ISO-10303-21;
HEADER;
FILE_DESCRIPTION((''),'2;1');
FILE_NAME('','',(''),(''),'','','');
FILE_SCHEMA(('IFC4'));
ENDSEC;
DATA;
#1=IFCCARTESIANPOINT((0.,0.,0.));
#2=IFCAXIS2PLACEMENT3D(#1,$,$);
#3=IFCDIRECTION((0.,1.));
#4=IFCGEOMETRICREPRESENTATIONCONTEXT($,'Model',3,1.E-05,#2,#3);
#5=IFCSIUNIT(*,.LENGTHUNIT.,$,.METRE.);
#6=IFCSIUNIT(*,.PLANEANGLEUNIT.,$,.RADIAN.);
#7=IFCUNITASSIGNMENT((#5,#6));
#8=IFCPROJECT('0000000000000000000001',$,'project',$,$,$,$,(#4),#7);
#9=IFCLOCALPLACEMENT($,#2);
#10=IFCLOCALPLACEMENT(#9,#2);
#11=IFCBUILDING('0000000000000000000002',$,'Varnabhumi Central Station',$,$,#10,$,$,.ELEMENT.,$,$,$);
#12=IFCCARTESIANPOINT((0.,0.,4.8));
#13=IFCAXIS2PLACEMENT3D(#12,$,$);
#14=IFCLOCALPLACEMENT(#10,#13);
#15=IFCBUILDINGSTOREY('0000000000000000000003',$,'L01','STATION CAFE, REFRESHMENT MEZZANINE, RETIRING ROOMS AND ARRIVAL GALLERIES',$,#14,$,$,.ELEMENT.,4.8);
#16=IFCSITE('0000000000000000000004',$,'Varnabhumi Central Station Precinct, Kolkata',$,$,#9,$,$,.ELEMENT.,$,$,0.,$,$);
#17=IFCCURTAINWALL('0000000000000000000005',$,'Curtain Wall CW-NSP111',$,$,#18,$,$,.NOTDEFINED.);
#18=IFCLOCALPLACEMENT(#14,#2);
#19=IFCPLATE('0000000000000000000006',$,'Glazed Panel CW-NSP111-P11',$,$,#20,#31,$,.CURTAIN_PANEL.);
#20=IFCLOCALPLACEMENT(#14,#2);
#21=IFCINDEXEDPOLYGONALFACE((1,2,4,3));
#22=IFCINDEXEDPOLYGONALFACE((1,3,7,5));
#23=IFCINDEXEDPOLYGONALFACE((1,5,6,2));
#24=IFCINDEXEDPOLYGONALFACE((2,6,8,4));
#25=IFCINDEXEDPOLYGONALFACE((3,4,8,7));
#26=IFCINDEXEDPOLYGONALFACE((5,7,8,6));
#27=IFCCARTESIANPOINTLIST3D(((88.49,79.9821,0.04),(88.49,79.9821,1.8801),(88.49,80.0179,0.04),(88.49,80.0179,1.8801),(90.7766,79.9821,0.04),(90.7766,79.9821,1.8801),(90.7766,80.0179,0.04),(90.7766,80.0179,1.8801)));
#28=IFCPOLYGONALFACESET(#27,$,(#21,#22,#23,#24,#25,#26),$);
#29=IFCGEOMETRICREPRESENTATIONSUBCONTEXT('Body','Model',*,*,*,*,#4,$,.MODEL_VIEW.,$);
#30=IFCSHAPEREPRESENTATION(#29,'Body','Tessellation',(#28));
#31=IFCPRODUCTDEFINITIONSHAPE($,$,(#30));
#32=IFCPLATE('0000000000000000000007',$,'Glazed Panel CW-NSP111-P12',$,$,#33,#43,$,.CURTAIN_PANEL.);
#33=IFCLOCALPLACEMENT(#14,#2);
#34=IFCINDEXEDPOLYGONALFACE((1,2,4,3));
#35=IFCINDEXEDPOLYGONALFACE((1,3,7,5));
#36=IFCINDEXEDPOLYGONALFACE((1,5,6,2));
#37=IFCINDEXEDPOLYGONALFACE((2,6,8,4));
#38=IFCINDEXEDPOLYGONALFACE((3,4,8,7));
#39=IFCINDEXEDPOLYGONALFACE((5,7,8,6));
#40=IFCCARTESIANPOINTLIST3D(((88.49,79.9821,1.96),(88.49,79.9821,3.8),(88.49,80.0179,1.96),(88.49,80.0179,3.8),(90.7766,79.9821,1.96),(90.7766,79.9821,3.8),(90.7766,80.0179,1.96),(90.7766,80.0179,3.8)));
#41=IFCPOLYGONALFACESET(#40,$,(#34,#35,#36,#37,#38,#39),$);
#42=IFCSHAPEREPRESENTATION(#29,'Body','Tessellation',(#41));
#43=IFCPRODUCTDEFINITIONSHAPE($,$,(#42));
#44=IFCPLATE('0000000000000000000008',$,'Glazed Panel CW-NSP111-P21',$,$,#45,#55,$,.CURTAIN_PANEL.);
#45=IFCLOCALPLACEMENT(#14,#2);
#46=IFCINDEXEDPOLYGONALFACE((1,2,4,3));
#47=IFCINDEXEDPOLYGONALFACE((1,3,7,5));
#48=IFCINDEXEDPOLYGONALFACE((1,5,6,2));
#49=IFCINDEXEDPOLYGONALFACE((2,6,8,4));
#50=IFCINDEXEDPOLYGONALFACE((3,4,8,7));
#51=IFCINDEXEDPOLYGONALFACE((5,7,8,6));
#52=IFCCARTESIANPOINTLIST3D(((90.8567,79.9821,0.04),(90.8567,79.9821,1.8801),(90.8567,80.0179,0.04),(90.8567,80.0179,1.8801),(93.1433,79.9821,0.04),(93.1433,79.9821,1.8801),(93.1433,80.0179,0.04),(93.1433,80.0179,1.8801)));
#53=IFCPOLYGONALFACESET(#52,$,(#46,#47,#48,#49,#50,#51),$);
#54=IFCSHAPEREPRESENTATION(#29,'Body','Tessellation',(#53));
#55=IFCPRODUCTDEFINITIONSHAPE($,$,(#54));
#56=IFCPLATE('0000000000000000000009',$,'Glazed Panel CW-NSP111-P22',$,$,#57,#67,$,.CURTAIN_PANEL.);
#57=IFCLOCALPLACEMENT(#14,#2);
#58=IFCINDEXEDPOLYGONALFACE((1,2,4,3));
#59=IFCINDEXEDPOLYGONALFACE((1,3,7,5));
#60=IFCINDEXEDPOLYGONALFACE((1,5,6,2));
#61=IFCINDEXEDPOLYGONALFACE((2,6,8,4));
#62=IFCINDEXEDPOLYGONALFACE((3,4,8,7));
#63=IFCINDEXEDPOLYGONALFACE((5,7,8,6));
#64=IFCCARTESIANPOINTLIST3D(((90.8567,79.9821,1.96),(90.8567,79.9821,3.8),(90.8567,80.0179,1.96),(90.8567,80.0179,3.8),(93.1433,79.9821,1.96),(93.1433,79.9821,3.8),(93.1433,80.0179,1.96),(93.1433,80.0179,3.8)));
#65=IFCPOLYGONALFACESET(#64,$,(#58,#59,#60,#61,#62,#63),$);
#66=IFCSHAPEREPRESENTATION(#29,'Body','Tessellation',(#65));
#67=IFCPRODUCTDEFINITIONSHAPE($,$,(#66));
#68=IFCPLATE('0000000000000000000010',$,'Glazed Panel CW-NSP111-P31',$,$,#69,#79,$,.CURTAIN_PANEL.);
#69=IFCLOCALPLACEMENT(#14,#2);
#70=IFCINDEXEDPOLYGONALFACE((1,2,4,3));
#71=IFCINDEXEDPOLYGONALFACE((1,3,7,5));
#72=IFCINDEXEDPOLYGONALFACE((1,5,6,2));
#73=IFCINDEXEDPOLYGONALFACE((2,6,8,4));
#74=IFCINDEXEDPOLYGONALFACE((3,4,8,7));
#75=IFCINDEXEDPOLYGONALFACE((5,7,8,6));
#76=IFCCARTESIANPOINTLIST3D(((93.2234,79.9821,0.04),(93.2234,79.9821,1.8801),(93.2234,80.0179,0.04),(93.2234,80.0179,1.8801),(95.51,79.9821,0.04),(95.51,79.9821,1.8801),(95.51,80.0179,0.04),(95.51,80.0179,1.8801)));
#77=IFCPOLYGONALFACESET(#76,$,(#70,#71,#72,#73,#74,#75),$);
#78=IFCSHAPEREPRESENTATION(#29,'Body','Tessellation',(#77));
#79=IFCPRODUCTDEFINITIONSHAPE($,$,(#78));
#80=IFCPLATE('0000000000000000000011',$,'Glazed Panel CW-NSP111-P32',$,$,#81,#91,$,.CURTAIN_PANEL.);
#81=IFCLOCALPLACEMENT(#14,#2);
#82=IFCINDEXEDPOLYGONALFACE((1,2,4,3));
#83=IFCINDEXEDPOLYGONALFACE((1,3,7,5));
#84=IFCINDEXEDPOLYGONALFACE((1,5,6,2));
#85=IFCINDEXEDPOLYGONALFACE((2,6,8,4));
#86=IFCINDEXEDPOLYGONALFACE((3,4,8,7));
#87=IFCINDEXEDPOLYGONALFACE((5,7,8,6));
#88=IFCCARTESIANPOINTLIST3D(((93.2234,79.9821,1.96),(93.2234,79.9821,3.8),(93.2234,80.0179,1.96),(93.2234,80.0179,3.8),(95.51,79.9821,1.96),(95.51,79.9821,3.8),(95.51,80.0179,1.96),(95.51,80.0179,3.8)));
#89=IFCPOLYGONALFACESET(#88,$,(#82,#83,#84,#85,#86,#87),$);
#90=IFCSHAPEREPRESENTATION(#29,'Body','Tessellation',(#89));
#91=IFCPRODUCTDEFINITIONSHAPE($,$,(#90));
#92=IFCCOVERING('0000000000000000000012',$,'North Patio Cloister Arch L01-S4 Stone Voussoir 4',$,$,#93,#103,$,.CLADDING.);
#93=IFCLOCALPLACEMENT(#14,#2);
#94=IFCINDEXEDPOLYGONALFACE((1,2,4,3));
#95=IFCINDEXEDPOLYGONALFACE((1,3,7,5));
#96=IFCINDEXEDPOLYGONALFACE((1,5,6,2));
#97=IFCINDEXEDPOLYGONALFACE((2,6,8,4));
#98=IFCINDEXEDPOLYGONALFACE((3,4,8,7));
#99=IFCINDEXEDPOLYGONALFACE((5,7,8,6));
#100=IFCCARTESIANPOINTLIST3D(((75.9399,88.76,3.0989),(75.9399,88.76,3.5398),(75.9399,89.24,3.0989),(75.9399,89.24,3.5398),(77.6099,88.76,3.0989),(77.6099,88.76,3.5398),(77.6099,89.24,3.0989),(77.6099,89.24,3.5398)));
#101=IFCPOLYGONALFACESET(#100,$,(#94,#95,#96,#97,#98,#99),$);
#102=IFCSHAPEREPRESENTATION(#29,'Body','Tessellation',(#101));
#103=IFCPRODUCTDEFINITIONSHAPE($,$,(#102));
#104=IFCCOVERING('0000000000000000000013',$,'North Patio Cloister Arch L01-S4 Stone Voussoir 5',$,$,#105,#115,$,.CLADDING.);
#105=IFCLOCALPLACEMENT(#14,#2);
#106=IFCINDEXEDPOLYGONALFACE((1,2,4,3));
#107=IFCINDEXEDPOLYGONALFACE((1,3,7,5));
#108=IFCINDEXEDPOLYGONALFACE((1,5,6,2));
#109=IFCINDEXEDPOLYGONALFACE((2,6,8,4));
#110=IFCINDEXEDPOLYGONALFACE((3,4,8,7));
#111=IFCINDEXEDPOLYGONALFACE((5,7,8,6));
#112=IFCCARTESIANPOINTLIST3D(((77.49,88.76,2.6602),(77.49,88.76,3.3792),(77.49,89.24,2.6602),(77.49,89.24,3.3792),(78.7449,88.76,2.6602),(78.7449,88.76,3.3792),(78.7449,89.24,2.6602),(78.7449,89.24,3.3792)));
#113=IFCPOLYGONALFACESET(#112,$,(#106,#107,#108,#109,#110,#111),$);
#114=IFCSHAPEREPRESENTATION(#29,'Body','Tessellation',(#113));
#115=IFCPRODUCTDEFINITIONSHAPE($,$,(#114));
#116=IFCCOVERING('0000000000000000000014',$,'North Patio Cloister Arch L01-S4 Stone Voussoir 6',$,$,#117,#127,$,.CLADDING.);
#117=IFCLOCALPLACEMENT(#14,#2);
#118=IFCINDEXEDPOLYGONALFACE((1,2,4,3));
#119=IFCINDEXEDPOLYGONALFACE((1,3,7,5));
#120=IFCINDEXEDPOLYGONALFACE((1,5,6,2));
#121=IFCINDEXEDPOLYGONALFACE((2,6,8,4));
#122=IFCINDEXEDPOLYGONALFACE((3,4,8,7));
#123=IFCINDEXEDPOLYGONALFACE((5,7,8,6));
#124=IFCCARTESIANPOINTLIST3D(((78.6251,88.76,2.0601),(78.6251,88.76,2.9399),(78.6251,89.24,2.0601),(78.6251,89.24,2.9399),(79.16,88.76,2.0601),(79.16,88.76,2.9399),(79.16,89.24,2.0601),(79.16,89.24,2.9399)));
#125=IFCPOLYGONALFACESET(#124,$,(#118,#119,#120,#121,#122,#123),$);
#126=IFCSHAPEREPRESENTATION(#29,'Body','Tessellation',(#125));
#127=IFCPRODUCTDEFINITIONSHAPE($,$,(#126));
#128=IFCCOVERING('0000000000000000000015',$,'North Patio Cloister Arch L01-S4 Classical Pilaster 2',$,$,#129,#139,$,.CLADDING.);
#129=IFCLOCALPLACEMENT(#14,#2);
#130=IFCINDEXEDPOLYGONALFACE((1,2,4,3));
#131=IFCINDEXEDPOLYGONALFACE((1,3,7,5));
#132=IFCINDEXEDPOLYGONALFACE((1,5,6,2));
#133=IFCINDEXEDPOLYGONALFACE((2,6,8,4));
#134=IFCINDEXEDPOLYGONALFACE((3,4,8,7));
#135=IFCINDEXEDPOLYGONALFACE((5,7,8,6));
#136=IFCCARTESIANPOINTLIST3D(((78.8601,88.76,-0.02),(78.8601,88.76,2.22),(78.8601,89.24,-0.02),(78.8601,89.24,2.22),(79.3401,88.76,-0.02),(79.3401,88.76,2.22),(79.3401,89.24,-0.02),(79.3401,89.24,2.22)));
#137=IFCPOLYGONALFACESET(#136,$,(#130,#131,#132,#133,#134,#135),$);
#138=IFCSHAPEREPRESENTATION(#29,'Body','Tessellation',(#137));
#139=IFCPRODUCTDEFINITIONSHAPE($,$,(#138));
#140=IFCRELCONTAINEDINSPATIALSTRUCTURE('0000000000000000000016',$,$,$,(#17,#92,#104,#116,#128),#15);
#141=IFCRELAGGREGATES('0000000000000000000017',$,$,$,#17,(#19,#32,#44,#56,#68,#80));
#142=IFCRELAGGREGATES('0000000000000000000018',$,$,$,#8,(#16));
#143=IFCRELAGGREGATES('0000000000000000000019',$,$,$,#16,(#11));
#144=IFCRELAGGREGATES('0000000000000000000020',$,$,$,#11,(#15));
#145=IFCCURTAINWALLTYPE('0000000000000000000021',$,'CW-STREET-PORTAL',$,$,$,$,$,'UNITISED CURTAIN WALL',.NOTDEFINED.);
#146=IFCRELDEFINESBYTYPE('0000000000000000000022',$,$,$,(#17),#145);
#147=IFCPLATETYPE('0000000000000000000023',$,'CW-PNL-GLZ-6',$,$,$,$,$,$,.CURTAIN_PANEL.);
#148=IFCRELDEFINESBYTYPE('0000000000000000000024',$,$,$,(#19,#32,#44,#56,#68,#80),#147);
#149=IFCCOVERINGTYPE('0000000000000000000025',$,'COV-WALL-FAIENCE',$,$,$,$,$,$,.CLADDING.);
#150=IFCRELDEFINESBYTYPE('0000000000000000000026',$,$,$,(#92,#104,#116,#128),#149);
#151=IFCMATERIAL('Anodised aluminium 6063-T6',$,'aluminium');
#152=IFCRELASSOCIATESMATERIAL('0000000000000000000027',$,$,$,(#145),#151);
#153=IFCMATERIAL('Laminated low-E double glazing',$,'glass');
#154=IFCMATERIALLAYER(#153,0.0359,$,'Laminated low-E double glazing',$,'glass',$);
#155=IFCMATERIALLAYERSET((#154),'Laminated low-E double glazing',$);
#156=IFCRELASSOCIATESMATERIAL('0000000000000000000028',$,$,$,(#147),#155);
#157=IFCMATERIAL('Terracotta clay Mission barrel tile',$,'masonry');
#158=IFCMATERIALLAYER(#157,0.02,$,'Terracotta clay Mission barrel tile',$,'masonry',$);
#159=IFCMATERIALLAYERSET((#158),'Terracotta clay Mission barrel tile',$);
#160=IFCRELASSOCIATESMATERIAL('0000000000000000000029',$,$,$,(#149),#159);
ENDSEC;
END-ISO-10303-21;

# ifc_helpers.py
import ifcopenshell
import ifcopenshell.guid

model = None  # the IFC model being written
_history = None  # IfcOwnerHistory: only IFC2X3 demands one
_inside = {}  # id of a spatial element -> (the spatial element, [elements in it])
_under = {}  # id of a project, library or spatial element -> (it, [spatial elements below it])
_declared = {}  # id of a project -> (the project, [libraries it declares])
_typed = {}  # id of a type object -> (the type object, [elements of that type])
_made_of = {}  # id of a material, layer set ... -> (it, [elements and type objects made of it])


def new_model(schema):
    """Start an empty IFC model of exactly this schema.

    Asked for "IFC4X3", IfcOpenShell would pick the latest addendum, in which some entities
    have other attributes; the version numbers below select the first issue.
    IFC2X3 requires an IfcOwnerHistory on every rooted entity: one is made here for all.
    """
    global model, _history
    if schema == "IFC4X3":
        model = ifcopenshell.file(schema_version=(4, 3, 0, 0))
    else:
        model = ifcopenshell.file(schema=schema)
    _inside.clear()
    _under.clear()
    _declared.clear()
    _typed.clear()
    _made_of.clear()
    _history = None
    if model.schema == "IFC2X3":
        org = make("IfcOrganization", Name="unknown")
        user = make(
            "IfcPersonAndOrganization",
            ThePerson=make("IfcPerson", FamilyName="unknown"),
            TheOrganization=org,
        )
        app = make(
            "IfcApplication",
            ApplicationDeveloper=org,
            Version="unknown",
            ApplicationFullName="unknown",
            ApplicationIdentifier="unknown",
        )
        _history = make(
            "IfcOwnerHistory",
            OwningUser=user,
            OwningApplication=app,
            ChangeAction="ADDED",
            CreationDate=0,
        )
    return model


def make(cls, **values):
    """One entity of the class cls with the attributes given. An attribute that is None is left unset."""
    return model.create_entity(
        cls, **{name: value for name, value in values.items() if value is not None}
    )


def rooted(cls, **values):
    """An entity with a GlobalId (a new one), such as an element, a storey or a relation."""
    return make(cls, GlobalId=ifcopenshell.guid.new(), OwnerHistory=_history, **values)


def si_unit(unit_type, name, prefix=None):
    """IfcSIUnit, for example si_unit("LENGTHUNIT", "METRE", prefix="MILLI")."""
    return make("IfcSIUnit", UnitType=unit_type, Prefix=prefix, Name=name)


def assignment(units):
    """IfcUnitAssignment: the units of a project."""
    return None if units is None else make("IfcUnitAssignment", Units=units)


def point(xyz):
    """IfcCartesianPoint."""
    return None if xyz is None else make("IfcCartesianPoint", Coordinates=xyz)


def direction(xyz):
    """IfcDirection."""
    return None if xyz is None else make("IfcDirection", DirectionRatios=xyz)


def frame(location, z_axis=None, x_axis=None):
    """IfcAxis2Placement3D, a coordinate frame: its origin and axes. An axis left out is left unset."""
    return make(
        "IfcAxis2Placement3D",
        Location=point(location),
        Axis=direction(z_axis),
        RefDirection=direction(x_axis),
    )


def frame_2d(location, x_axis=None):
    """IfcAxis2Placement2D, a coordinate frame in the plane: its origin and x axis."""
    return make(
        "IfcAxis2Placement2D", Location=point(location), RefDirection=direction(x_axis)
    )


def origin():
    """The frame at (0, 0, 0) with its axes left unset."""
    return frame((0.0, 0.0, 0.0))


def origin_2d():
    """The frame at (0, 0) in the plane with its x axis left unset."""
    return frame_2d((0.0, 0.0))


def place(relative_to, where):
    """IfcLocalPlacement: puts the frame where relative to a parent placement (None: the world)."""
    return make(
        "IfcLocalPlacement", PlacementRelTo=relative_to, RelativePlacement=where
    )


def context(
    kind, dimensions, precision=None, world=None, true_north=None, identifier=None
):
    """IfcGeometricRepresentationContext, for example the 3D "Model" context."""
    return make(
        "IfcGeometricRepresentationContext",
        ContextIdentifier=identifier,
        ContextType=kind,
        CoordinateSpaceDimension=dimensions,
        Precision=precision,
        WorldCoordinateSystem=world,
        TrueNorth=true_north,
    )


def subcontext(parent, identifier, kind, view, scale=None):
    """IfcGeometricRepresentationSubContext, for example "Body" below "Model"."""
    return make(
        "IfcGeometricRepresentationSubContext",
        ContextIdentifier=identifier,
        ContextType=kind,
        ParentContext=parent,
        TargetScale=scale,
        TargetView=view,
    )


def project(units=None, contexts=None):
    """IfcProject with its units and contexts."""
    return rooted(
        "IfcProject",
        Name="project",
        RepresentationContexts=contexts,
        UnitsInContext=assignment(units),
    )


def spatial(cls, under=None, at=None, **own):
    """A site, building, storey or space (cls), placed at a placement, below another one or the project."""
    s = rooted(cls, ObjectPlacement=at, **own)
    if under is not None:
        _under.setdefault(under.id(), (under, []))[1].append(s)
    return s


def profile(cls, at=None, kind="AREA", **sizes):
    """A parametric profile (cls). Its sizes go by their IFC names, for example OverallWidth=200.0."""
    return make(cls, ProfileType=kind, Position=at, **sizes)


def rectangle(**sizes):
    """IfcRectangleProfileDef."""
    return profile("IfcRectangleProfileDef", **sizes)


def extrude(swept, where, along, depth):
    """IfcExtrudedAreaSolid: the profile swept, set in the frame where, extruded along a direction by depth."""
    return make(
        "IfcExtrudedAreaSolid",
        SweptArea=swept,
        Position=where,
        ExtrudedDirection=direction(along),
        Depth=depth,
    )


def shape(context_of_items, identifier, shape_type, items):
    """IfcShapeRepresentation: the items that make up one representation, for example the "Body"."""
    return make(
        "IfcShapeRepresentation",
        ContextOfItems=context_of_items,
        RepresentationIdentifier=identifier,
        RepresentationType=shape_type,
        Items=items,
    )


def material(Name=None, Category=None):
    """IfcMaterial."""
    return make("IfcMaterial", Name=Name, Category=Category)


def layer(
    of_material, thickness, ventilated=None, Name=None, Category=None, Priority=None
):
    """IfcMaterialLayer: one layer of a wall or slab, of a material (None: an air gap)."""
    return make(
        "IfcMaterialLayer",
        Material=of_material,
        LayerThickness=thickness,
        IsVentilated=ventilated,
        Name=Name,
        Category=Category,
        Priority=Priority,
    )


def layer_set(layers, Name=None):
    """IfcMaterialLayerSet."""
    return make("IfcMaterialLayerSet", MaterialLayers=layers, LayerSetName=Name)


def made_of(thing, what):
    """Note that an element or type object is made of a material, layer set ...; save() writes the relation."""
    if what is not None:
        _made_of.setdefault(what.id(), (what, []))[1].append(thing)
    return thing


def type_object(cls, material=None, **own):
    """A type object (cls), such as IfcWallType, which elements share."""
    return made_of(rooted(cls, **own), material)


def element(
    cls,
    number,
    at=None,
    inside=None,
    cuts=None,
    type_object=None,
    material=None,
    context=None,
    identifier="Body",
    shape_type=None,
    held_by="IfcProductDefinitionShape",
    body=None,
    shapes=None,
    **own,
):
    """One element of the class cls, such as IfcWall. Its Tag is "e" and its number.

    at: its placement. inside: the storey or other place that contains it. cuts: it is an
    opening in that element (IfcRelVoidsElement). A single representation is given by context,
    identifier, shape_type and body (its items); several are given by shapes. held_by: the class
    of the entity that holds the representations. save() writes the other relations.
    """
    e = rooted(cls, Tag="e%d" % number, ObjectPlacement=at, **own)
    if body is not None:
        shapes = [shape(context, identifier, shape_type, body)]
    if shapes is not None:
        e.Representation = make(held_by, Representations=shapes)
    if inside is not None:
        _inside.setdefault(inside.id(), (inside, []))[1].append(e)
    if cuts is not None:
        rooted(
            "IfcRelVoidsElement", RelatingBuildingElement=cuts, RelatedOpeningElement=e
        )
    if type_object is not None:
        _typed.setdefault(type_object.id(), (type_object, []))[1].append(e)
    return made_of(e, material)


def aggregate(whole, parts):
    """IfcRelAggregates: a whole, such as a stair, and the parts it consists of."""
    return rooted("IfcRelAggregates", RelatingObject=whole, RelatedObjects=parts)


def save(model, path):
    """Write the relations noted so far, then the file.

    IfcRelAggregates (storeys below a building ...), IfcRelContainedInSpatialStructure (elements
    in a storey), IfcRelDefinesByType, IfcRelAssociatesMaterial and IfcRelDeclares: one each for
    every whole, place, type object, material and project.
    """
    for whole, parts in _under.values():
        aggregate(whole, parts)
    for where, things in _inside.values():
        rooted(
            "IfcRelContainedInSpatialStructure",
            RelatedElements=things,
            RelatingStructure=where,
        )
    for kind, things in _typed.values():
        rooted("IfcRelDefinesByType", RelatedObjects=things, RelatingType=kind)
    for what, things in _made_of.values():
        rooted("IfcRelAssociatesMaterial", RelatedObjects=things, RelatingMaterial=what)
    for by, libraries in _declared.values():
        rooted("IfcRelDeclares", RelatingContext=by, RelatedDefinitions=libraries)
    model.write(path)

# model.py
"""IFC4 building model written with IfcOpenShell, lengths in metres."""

from ifc_helpers import new_model, si_unit, direction, frame, origin, origin_2d, place, context, subcontext, project, spatial, rectangle, extrude, material, layer, layer_set, type_object, element, aggregate, save


model = new_model("IFC4")

# Units and contexts
model_context = context("Model", 3, precision=1e-05, world=origin(), true_north=direction((0.0, 1.0)))
body_context = subcontext(model_context, "Body", "Model", "MODEL_VIEW")
ifc_project = project(units=[si_unit("LENGTHUNIT", "METRE"), si_unit("PLANEANGLEUNIT", "RADIAN")], contexts=[model_context])

# Site, building, storey
site_placement = place(None, origin())
site = spatial("IfcSite", under=ifc_project, at=site_placement, Name="Varnabhumi Central Station Precinct, Kolkata", CompositionType="ELEMENT", RefElevation=0.0)
building_placement = place(site_placement, origin())
building = spatial("IfcBuilding", under=site, at=building_placement, Name="Varnabhumi Central Station", CompositionType="ELEMENT")
storey_placement = place(building_placement, frame((0.0, 0.0, 4.8)))
storey = spatial("IfcBuildingStorey", under=building, at=storey_placement, Name="L01", Description="STATION CAFE, REFRESHMENT MEZZANINE, RETIRING ROOMS AND ARRIVAL GALLERIES", CompositionType="ELEMENT", Elevation=4.8)

# Curtain wall
ifc_material_1 = material(Name="Anodised aluminium 6063-T6", Category="aluminium")
curtain_wall_type_1 = type_object("IfcCurtainWallType", Name="CW-STREET-PORTAL", ElementType="UNITISED CURTAIN WALL", PredefinedType="NOTDEFINED", material=ifc_material_1)
curtain_wall_1_placement = place(storey_placement, origin())
curtain_wall_1 = element("IfcCurtainWall", 1, at=curtain_wall_1_placement, inside=storey, type_object=curtain_wall_type_1, Name="Curtain Wall CW-NSP111", PredefinedType="NOTDEFINED")

# Plates
ifc_material_2 = material(Name="Laminated low-E double glazing", Category="glass")
ifc_layer_1 = layer(ifc_material_2, 0.0359, Name="Laminated low-E double glazing", Category="glass")
ifc_layer_set_1 = layer_set([ifc_layer_1], Name="Laminated low-E double glazing")
plate_type_1 = type_object("IfcPlateType", Name="CW-PNL-GLZ-6", PredefinedType="CURTAIN_PANEL", material=ifc_layer_set_1)
plate_1_placement = place(storey_placement, frame((89.6333, 80.0, 0.04), z_axis=(0.0, 0.0, 1.0), x_axis=(1.0, 0.0, 0.0)))
plate_1 = element("IfcPlate", 2, at=plate_1_placement, type_object=plate_type_1, Name="Glazed Panel CW-NSP111-P11", PredefinedType="CURTAIN_PANEL", context=body_context, shape_type="SweptSolid", body=[
    extrude(rectangle(XDim=2.2866, YDim=0.0359, at=origin_2d()), origin(), (0.0, 0.0, 1.0), 1.8401),
])
plate_2_placement = place(storey_placement, frame((89.6333, 80.0, 1.96), z_axis=(0.0, 0.0, 1.0), x_axis=(1.0, 0.0, 0.0)))
plate_2 = element("IfcPlate", 3, at=plate_2_placement, type_object=plate_type_1, Name="Glazed Panel CW-NSP111-P12", PredefinedType="CURTAIN_PANEL", context=body_context, shape_type="SweptSolid", body=[
    extrude(rectangle(XDim=2.2866, YDim=0.0359, at=origin_2d()), origin(), (0.0, 0.0, 1.0), 1.8401),
])
plate_3_placement = place(storey_placement, frame((92.0, 80.0, 0.04), z_axis=(0.0, 0.0, 1.0), x_axis=(1.0, 0.0, 0.0)))
plate_3 = element("IfcPlate", 4, at=plate_3_placement, type_object=plate_type_1, Name="Glazed Panel CW-NSP111-P21", PredefinedType="CURTAIN_PANEL", context=body_context, shape_type="SweptSolid", body=[
    extrude(rectangle(XDim=2.2866, YDim=0.0359, at=origin_2d()), origin(), (0.0, 0.0, 1.0), 1.8401),
])
plate_4_placement = place(storey_placement, frame((92.0, 80.0, 1.96), z_axis=(0.0, 0.0, 1.0), x_axis=(1.0, 0.0, 0.0)))
plate_4 = element("IfcPlate", 5, at=plate_4_placement, type_object=plate_type_1, Name="Glazed Panel CW-NSP111-P22", PredefinedType="CURTAIN_PANEL", context=body_context, shape_type="SweptSolid", body=[
    extrude(rectangle(XDim=2.2866, YDim=0.0359, at=origin_2d()), origin(), (0.0, 0.0, 1.0), 1.8401),
])
plate_5_placement = place(storey_placement, frame((94.3667, 80.0, 0.04), z_axis=(0.0, 0.0, 1.0), x_axis=(1.0, 0.0, 0.0)))
plate_5 = element("IfcPlate", 6, at=plate_5_placement, type_object=plate_type_1, Name="Glazed Panel CW-NSP111-P31", PredefinedType="CURTAIN_PANEL", context=body_context, shape_type="SweptSolid", body=[
    extrude(rectangle(XDim=2.2866, YDim=0.0359, at=origin_2d()), origin(), (0.0, 0.0, 1.0), 1.8401),
])
plate_6_placement = place(storey_placement, frame((94.3667, 80.0, 1.96), z_axis=(0.0, 0.0, 1.0), x_axis=(1.0, 0.0, 0.0)))
plate_6 = element("IfcPlate", 7, at=plate_6_placement, type_object=plate_type_1, Name="Glazed Panel CW-NSP111-P32", PredefinedType="CURTAIN_PANEL", context=body_context, shape_type="SweptSolid", body=[
    extrude(rectangle(XDim=2.2866, YDim=0.0359, at=origin_2d()), origin(), (0.0, 0.0, 1.0), 1.8401),
])
aggregate(curtain_wall_1, [plate_1, plate_2, plate_3, plate_4, plate_5, plate_6])

# Coverings
ifc_material_3 = material(Name="Terracotta clay Mission barrel tile", Category="masonry")
ifc_layer_2 = layer(ifc_material_3, 0.02, Name="Terracotta clay Mission barrel tile", Category="masonry")
ifc_layer_set_2 = layer_set([ifc_layer_2], Name="Terracotta clay Mission barrel tile")
covering_type = type_object("IfcCoveringType", Name="COV-WALL-FAIENCE", PredefinedType="CLADDING", material=ifc_layer_set_2)
covering_1_placement = place(storey_placement, frame((76.7749, 89.0, 3.0989), z_axis=(0.0, 0.0, 1.0), x_axis=(1.0, 0.0, 0.0)))
element("IfcCovering", 8, at=covering_1_placement, inside=storey, type_object=covering_type, Name="North Patio Cloister Arch L01-S4 Stone Voussoir 4", PredefinedType="CLADDING", context=body_context, shape_type="SweptSolid", body=[
    extrude(rectangle(XDim=1.6699, YDim=0.48, at=origin_2d()), origin(), (0.0, 0.0, 1.0), 0.4409),
])
covering_2_placement = place(storey_placement, frame((78.1174, 89.0, 2.6602), z_axis=(0.0, 0.0, 1.0), x_axis=(1.0, 0.0, 0.0)))
element("IfcCovering", 9, at=covering_2_placement, inside=storey, type_object=covering_type, Name="North Patio Cloister Arch L01-S4 Stone Voussoir 5", PredefinedType="CLADDING", context=body_context, shape_type="SweptSolid", body=[
    extrude(rectangle(XDim=1.2549, YDim=0.48, at=origin_2d()), origin(), (0.0, 0.0, 1.0), 0.719),
])
covering_3_placement = place(storey_placement, frame((78.8926, 89.0, 2.0601), z_axis=(0.0, 0.0, 1.0), x_axis=(1.0, 0.0, 0.0)))
element("IfcCovering", 10, at=covering_3_placement, inside=storey, type_object=covering_type, Name="North Patio Cloister Arch L01-S4 Stone Voussoir 6", PredefinedType="CLADDING", context=body_context, shape_type="SweptSolid", body=[
    extrude(rectangle(XDim=0.5349, YDim=0.48, at=origin_2d()), origin(), (0.0, 0.0, 1.0), 0.8799),
])
covering_4_placement = place(storey_placement, frame((79.1001, 89.0, -0.02), z_axis=(0.0, 0.0, 1.0), x_axis=(1.0, 0.0, 0.0)))
element("IfcCovering", 11, at=covering_4_placement, inside=storey, type_object=covering_type, Name="North Patio Cloister Arch L01-S4 Classical Pilaster 2", PredefinedType="CLADDING", context=body_context, shape_type="SweptSolid", body=[
    extrude(rectangle(XDim=0.48, YDim=0.48, at=origin_2d()), origin(), (0.0, 0.0, 1.0), 2.24),
])

save(model, "model.ifc")
